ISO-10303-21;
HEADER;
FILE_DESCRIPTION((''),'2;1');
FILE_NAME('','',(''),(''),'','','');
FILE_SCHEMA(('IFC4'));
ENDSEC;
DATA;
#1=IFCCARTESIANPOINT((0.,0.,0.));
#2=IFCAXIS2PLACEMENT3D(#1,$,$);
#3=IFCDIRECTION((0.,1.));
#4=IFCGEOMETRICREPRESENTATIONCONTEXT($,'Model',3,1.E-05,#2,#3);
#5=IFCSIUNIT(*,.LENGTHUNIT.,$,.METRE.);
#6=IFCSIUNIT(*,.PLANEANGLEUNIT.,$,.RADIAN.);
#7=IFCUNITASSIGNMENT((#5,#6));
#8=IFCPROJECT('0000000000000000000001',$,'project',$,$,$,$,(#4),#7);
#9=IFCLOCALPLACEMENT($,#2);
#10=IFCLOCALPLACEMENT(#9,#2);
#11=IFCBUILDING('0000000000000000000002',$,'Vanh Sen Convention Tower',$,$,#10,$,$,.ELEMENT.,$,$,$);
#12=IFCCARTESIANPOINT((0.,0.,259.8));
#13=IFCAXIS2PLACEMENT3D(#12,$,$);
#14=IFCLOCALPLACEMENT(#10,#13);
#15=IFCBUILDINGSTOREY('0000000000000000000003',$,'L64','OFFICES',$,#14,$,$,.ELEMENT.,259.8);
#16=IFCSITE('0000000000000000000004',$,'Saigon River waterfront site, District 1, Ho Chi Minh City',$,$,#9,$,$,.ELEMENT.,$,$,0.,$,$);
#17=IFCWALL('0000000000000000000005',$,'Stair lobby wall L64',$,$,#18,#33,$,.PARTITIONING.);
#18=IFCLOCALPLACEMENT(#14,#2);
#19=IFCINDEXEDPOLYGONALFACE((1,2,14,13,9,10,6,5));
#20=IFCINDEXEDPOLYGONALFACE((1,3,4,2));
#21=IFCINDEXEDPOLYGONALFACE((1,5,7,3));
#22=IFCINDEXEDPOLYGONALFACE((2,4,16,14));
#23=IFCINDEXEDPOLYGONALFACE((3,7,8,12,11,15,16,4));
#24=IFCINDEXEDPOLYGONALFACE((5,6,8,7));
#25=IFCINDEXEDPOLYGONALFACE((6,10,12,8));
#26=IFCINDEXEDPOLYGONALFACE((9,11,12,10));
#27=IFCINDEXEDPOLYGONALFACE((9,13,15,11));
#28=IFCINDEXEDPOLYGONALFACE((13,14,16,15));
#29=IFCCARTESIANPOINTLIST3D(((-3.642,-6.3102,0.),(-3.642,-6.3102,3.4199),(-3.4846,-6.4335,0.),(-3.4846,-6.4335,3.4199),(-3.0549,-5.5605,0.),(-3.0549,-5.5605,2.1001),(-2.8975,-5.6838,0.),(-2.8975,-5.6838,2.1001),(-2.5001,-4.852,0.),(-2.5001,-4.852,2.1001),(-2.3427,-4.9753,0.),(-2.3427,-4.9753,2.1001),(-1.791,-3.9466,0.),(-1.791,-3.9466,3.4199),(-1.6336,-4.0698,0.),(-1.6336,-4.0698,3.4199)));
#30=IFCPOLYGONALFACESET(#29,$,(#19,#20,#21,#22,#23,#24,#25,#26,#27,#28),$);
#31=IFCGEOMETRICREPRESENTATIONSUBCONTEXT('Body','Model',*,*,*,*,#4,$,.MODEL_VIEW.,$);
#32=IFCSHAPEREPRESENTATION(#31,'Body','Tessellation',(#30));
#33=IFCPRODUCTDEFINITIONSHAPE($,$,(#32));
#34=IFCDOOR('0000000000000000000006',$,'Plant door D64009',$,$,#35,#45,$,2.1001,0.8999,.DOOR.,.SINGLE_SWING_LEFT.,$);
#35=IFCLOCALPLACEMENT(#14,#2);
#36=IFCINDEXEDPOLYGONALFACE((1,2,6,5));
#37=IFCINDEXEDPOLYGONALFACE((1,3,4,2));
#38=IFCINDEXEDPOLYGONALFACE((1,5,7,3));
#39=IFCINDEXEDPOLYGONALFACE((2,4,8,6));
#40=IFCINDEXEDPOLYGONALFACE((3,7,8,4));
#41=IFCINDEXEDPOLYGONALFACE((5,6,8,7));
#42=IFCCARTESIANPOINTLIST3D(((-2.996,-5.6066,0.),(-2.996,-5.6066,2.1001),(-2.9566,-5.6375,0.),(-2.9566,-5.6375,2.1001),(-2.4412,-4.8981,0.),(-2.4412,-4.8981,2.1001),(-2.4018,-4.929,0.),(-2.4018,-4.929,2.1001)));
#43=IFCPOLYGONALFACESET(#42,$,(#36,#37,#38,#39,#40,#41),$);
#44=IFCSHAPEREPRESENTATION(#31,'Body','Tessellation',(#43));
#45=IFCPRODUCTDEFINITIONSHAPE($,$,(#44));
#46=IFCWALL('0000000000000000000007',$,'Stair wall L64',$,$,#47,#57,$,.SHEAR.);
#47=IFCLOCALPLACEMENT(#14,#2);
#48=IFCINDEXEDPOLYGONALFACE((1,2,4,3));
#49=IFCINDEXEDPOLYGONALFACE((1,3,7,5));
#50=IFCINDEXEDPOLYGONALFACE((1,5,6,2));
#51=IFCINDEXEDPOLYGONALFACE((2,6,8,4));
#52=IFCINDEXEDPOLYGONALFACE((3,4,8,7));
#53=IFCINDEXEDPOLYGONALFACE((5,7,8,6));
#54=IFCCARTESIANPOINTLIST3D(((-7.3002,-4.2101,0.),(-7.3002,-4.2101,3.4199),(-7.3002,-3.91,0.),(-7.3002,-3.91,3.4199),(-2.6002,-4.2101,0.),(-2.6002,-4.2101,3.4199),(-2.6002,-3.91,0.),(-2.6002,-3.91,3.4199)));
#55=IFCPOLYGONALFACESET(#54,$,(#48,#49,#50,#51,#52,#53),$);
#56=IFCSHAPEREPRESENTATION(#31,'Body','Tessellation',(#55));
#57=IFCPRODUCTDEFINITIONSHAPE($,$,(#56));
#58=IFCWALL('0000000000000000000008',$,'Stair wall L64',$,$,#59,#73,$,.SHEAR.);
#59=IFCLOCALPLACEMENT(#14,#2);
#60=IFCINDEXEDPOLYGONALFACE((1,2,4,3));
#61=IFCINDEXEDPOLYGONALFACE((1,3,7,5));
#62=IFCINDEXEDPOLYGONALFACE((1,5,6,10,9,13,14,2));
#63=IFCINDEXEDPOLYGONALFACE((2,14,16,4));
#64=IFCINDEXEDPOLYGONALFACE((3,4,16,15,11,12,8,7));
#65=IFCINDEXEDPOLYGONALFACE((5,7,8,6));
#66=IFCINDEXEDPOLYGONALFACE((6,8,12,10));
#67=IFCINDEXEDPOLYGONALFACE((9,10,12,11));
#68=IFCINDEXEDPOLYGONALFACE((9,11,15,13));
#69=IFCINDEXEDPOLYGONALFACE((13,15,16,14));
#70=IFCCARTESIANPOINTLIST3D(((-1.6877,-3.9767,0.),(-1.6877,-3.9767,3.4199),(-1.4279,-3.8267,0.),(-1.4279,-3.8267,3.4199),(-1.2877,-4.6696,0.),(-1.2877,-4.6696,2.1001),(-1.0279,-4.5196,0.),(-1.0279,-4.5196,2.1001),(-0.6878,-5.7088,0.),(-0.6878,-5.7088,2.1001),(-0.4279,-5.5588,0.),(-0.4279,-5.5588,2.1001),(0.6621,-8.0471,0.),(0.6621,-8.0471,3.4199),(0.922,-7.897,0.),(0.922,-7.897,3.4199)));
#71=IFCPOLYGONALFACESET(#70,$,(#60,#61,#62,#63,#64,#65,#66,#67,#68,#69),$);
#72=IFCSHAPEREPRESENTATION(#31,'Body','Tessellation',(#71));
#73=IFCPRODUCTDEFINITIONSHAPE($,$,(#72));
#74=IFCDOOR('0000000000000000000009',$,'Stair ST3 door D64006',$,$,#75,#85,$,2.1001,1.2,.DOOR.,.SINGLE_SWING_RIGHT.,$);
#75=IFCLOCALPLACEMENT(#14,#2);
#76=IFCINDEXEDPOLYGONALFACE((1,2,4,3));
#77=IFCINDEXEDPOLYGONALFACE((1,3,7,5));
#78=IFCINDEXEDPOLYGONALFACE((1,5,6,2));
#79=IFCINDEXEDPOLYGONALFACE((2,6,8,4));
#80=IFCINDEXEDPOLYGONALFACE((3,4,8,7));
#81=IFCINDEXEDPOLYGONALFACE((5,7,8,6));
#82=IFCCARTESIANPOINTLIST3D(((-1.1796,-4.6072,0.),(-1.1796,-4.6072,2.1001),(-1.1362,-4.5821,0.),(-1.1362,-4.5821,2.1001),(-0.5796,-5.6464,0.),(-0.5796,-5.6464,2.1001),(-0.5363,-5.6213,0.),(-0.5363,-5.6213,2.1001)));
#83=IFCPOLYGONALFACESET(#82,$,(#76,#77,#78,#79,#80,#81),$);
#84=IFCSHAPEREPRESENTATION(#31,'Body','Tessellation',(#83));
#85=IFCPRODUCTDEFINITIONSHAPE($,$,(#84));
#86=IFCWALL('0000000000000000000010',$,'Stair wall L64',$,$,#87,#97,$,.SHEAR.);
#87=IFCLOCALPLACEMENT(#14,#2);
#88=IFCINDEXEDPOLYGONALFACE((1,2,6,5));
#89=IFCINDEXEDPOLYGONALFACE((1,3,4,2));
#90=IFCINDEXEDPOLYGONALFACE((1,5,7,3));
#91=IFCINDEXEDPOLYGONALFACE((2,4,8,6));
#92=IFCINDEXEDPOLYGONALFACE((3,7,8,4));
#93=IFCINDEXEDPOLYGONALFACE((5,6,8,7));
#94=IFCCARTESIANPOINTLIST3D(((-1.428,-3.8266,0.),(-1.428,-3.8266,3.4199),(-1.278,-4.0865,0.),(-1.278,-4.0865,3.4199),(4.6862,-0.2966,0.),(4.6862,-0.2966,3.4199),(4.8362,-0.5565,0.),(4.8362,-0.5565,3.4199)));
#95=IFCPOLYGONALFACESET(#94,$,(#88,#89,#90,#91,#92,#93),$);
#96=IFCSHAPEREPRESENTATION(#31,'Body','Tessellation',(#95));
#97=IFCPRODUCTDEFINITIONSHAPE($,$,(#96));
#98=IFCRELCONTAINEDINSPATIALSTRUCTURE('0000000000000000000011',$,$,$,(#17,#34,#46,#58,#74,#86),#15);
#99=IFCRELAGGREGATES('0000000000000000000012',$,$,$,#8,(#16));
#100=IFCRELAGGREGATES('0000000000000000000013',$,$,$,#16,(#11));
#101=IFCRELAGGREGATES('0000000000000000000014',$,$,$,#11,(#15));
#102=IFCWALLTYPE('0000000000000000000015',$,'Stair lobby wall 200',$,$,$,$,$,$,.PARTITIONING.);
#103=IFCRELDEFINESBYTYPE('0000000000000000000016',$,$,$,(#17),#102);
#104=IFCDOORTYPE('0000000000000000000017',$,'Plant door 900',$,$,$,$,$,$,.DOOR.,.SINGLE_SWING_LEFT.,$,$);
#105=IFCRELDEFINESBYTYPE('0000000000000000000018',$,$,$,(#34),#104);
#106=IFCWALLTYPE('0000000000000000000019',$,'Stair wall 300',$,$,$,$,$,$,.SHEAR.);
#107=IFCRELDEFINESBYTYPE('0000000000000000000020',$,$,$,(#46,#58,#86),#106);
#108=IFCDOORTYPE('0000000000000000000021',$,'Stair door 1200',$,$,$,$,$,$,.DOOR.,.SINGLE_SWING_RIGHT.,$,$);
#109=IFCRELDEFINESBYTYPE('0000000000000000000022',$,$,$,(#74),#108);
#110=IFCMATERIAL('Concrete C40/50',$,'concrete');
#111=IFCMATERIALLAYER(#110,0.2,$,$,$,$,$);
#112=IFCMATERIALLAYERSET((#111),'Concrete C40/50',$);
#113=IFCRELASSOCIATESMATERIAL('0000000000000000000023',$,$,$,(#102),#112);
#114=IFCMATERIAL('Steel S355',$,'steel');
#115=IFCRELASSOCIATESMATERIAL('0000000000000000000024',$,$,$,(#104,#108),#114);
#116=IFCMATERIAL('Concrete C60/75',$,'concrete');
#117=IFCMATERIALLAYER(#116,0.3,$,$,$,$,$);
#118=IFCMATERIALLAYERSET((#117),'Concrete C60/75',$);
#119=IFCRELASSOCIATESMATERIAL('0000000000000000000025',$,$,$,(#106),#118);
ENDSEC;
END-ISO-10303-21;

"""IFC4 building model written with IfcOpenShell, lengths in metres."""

from ifc_helpers import new_model, si_unit, direction, frame, frame_2d, origin, place, context, subcontext, project, spatial, rectangle, extrude, material, layer, layer_set, type_object, element, fill, save


model = new_model("IFC4")

# Units and contexts
model_context = context("Model", 3, precision=1e-05, world=origin(), true_north=direction((0.0, 1.0)))
body_context = subcontext(model_context, "Body", "Model", "MODEL_VIEW")
ifc_project = project(units=[si_unit("LENGTHUNIT", "METRE"), si_unit("PLANEANGLEUNIT", "RADIAN")], contexts=[model_context])

# Site, building, storey
site_placement = place(None, origin())
site = spatial("IfcSite", under=ifc_project, at=site_placement, Name="Saigon River waterfront site, District 1, Ho Chi Minh City", CompositionType="ELEMENT", RefElevation=0.0)
building_placement = place(site_placement, origin())
building = spatial("IfcBuilding", under=site, at=building_placement, Name="Vanh Sen Convention Tower", CompositionType="ELEMENT")
storey_placement = place(building_placement, frame((0.0, 0.0, 259.8)))
storey = spatial("IfcBuildingStorey", under=building, at=storey_placement, Name="L64", Description="OFFICES", CompositionType="ELEMENT", Elevation=259.8)

# Shared definitions
ifc_material_1 = material(Name="Concrete C60/75", Category="concrete")
ifc_material_2 = material(Name="Steel S355", Category="steel")

# Shared definitions
ifc_material_3 = material(Name="Concrete C40/50", Category="concrete")

# Wall, opening, door
ifc_layer_1 = layer(ifc_material_3, 0.2)
ifc_layer_set_1 = layer_set([ifc_layer_1], Name="Concrete C40/50")
wall_type_1 = type_object("IfcWallType", Name="Stair lobby wall 200", PredefinedType="PARTITIONING", material=ifc_layer_set_1)
wall_1_placement = place(storey_placement, frame((-1.7124, -4.0083, 0.0), z_axis=(0.0, 0.0, 1.0), x_axis=(-0.616549, -0.787316, 0.0)))
wall_1 = element("IfcWall", 1, at=wall_1_placement, inside=storey, type_object=wall_type_1, Name="Stair lobby wall L64", PredefinedType="PARTITIONING", context=body_context, shape_type="SweptSolid", body=[
    extrude(rectangle(XDim=3.0022, YDim=0.2, at=frame_2d((1.501, 0.0))), origin(), (0.0, 0.0, 1.0), 3.4199),
])
opening_1_placement = place(wall_1_placement, frame((1.1499, 0.0, 0.0)))
opening_1 = element("IfcOpeningElement", 2, at=opening_1_placement, cuts=wall_1, PredefinedType="OPENING", context=body_context, shape_type="SweptSolid", body=[
    extrude(rectangle(XDim=0.8999, YDim=2.1001, at=frame_2d((0.45, 1.05))), frame((0.0, 0.1099, 0.0), z_axis=(0.0, -1.0, 0.0), x_axis=(1.0, 0.0, 0.0)), (0.0, 0.0, 1.0), 0.22),
])
door_type_1 = type_object("IfcDoorType", Name="Plant door 900", OperationType="SINGLE_SWING_LEFT", PredefinedType="DOOR", material=ifc_material_2)
door_1_placement = place(opening_1_placement, origin())
door_1 = element("IfcDoor", 3, at=door_1_placement, inside=storey, type_object=door_type_1, Name="Plant door D64009", OperationType="SINGLE_SWING_LEFT", OverallHeight=2.1001, OverallWidth=0.8999, PredefinedType="DOOR", context=body_context, shape_type="SweptSolid", body=[
    extrude(rectangle(XDim=0.8999, YDim=2.1001, at=frame_2d((0.45, 1.05))), frame((0.0, 0.0249, 0.0), z_axis=(0.0, -1.0, 0.0), x_axis=(1.0, 0.0, 0.0)), (0.0, 0.0, 1.0), 0.05),
])
fill(opening_1, door_1)

# Wall
ifc_layer_2 = layer(ifc_material_1, 0.3)
ifc_layer_set_2 = layer_set([ifc_layer_2], Name="Concrete C60/75")
wall_type_2 = type_object("IfcWallType", Name="Stair wall 300", PredefinedType="SHEAR", material=ifc_layer_set_2)
wall_2_placement = place(storey_placement, frame((-2.6001, -4.0601, 0.0), z_axis=(0.0, 0.0, 1.0), x_axis=(-1.0, 0.0, 0.0)))
element("IfcWall", 4, at=wall_2_placement, inside=storey, type_object=wall_type_2, Name="Stair wall L64", PredefinedType="SHEAR", context=body_context, shape_type="SweptSolid", body=[
    extrude(rectangle(XDim=4.7, YDim=0.3, at=frame_2d((2.3501, 0.0))), origin(), (0.0, 0.0, 1.0), 3.4199),
])

# Wall, opening, door
wall_3_placement = place(storey_placement, frame((-1.5579, -3.9016, 0.0), z_axis=(0.0, 0.0, 1.0), x_axis=(0.499977, -0.866039, 0.0)))
wall_3 = element("IfcWall", 5, at=wall_3_placement, inside=storey, type_object=wall_type_2, Name="Stair wall L64", PredefinedType="SHEAR", context=body_context, shape_type="SweptSolid", body=[
    extrude(rectangle(XDim=4.7, YDim=0.3, at=frame_2d((2.3501, 0.0))), origin(), (0.0, 0.0, 1.0), 3.4199),
])
opening_2_placement = place(wall_3_placement, frame((0.8, 0.0, 0.0)))
opening_2 = element("IfcOpeningElement", 6, at=opening_2_placement, cuts=wall_3, PredefinedType="OPENING", context=body_context, shape_type="SweptSolid", body=[
    extrude(rectangle(XDim=1.2, YDim=2.1001, at=frame_2d((0.6001, 1.05))), frame((0.0, 0.1599, 0.0), z_axis=(0.0, -1.0, 0.0), x_axis=(1.0, 0.0, 0.0)), (0.0, 0.0, 1.0), 0.3201),
])
door_type_2 = type_object("IfcDoorType", Name="Stair door 1200", OperationType="SINGLE_SWING_RIGHT", PredefinedType="DOOR", material=ifc_material_2)
door_2_placement = place(opening_2_placement, origin())
door_2 = element("IfcDoor", 7, at=door_2_placement, inside=storey, type_object=door_type_2, Name="Stair ST3 door D64006", OperationType="SINGLE_SWING_RIGHT", OverallHeight=2.1001, OverallWidth=1.2, PredefinedType="DOOR", context=body_context, shape_type="SweptSolid", body=[
    extrude(rectangle(XDim=1.2, YDim=2.1001, at=frame_2d((0.6001, 1.05))), frame((0.0, 0.0249, 0.0), z_axis=(0.0, -1.0, 0.0), x_axis=(1.0, 0.0, 0.0)), (0.0, 0.0, 1.0), 0.05),
])
fill(opening_2, door_2)

# Wall
wall_4_placement = place(storey_placement, frame((-1.353, -3.9565, 0.0), z_axis=(0.0, 0.0, 1.0), x_axis=(0.866028, 0.499996, 0.0)))
element("IfcWall", 8, at=wall_4_placement, inside=storey, type_object=wall_type_2, Name="Stair wall L64", PredefinedType="SHEAR", context=body_context, shape_type="SweptSolid", body=[
    extrude(rectangle(XDim=7.0601, YDim=0.3, at=frame_2d((3.53, 0.0))), origin(), (0.0, 0.0, 1.0), 3.4199),
])

save(model, "model.ifc")
